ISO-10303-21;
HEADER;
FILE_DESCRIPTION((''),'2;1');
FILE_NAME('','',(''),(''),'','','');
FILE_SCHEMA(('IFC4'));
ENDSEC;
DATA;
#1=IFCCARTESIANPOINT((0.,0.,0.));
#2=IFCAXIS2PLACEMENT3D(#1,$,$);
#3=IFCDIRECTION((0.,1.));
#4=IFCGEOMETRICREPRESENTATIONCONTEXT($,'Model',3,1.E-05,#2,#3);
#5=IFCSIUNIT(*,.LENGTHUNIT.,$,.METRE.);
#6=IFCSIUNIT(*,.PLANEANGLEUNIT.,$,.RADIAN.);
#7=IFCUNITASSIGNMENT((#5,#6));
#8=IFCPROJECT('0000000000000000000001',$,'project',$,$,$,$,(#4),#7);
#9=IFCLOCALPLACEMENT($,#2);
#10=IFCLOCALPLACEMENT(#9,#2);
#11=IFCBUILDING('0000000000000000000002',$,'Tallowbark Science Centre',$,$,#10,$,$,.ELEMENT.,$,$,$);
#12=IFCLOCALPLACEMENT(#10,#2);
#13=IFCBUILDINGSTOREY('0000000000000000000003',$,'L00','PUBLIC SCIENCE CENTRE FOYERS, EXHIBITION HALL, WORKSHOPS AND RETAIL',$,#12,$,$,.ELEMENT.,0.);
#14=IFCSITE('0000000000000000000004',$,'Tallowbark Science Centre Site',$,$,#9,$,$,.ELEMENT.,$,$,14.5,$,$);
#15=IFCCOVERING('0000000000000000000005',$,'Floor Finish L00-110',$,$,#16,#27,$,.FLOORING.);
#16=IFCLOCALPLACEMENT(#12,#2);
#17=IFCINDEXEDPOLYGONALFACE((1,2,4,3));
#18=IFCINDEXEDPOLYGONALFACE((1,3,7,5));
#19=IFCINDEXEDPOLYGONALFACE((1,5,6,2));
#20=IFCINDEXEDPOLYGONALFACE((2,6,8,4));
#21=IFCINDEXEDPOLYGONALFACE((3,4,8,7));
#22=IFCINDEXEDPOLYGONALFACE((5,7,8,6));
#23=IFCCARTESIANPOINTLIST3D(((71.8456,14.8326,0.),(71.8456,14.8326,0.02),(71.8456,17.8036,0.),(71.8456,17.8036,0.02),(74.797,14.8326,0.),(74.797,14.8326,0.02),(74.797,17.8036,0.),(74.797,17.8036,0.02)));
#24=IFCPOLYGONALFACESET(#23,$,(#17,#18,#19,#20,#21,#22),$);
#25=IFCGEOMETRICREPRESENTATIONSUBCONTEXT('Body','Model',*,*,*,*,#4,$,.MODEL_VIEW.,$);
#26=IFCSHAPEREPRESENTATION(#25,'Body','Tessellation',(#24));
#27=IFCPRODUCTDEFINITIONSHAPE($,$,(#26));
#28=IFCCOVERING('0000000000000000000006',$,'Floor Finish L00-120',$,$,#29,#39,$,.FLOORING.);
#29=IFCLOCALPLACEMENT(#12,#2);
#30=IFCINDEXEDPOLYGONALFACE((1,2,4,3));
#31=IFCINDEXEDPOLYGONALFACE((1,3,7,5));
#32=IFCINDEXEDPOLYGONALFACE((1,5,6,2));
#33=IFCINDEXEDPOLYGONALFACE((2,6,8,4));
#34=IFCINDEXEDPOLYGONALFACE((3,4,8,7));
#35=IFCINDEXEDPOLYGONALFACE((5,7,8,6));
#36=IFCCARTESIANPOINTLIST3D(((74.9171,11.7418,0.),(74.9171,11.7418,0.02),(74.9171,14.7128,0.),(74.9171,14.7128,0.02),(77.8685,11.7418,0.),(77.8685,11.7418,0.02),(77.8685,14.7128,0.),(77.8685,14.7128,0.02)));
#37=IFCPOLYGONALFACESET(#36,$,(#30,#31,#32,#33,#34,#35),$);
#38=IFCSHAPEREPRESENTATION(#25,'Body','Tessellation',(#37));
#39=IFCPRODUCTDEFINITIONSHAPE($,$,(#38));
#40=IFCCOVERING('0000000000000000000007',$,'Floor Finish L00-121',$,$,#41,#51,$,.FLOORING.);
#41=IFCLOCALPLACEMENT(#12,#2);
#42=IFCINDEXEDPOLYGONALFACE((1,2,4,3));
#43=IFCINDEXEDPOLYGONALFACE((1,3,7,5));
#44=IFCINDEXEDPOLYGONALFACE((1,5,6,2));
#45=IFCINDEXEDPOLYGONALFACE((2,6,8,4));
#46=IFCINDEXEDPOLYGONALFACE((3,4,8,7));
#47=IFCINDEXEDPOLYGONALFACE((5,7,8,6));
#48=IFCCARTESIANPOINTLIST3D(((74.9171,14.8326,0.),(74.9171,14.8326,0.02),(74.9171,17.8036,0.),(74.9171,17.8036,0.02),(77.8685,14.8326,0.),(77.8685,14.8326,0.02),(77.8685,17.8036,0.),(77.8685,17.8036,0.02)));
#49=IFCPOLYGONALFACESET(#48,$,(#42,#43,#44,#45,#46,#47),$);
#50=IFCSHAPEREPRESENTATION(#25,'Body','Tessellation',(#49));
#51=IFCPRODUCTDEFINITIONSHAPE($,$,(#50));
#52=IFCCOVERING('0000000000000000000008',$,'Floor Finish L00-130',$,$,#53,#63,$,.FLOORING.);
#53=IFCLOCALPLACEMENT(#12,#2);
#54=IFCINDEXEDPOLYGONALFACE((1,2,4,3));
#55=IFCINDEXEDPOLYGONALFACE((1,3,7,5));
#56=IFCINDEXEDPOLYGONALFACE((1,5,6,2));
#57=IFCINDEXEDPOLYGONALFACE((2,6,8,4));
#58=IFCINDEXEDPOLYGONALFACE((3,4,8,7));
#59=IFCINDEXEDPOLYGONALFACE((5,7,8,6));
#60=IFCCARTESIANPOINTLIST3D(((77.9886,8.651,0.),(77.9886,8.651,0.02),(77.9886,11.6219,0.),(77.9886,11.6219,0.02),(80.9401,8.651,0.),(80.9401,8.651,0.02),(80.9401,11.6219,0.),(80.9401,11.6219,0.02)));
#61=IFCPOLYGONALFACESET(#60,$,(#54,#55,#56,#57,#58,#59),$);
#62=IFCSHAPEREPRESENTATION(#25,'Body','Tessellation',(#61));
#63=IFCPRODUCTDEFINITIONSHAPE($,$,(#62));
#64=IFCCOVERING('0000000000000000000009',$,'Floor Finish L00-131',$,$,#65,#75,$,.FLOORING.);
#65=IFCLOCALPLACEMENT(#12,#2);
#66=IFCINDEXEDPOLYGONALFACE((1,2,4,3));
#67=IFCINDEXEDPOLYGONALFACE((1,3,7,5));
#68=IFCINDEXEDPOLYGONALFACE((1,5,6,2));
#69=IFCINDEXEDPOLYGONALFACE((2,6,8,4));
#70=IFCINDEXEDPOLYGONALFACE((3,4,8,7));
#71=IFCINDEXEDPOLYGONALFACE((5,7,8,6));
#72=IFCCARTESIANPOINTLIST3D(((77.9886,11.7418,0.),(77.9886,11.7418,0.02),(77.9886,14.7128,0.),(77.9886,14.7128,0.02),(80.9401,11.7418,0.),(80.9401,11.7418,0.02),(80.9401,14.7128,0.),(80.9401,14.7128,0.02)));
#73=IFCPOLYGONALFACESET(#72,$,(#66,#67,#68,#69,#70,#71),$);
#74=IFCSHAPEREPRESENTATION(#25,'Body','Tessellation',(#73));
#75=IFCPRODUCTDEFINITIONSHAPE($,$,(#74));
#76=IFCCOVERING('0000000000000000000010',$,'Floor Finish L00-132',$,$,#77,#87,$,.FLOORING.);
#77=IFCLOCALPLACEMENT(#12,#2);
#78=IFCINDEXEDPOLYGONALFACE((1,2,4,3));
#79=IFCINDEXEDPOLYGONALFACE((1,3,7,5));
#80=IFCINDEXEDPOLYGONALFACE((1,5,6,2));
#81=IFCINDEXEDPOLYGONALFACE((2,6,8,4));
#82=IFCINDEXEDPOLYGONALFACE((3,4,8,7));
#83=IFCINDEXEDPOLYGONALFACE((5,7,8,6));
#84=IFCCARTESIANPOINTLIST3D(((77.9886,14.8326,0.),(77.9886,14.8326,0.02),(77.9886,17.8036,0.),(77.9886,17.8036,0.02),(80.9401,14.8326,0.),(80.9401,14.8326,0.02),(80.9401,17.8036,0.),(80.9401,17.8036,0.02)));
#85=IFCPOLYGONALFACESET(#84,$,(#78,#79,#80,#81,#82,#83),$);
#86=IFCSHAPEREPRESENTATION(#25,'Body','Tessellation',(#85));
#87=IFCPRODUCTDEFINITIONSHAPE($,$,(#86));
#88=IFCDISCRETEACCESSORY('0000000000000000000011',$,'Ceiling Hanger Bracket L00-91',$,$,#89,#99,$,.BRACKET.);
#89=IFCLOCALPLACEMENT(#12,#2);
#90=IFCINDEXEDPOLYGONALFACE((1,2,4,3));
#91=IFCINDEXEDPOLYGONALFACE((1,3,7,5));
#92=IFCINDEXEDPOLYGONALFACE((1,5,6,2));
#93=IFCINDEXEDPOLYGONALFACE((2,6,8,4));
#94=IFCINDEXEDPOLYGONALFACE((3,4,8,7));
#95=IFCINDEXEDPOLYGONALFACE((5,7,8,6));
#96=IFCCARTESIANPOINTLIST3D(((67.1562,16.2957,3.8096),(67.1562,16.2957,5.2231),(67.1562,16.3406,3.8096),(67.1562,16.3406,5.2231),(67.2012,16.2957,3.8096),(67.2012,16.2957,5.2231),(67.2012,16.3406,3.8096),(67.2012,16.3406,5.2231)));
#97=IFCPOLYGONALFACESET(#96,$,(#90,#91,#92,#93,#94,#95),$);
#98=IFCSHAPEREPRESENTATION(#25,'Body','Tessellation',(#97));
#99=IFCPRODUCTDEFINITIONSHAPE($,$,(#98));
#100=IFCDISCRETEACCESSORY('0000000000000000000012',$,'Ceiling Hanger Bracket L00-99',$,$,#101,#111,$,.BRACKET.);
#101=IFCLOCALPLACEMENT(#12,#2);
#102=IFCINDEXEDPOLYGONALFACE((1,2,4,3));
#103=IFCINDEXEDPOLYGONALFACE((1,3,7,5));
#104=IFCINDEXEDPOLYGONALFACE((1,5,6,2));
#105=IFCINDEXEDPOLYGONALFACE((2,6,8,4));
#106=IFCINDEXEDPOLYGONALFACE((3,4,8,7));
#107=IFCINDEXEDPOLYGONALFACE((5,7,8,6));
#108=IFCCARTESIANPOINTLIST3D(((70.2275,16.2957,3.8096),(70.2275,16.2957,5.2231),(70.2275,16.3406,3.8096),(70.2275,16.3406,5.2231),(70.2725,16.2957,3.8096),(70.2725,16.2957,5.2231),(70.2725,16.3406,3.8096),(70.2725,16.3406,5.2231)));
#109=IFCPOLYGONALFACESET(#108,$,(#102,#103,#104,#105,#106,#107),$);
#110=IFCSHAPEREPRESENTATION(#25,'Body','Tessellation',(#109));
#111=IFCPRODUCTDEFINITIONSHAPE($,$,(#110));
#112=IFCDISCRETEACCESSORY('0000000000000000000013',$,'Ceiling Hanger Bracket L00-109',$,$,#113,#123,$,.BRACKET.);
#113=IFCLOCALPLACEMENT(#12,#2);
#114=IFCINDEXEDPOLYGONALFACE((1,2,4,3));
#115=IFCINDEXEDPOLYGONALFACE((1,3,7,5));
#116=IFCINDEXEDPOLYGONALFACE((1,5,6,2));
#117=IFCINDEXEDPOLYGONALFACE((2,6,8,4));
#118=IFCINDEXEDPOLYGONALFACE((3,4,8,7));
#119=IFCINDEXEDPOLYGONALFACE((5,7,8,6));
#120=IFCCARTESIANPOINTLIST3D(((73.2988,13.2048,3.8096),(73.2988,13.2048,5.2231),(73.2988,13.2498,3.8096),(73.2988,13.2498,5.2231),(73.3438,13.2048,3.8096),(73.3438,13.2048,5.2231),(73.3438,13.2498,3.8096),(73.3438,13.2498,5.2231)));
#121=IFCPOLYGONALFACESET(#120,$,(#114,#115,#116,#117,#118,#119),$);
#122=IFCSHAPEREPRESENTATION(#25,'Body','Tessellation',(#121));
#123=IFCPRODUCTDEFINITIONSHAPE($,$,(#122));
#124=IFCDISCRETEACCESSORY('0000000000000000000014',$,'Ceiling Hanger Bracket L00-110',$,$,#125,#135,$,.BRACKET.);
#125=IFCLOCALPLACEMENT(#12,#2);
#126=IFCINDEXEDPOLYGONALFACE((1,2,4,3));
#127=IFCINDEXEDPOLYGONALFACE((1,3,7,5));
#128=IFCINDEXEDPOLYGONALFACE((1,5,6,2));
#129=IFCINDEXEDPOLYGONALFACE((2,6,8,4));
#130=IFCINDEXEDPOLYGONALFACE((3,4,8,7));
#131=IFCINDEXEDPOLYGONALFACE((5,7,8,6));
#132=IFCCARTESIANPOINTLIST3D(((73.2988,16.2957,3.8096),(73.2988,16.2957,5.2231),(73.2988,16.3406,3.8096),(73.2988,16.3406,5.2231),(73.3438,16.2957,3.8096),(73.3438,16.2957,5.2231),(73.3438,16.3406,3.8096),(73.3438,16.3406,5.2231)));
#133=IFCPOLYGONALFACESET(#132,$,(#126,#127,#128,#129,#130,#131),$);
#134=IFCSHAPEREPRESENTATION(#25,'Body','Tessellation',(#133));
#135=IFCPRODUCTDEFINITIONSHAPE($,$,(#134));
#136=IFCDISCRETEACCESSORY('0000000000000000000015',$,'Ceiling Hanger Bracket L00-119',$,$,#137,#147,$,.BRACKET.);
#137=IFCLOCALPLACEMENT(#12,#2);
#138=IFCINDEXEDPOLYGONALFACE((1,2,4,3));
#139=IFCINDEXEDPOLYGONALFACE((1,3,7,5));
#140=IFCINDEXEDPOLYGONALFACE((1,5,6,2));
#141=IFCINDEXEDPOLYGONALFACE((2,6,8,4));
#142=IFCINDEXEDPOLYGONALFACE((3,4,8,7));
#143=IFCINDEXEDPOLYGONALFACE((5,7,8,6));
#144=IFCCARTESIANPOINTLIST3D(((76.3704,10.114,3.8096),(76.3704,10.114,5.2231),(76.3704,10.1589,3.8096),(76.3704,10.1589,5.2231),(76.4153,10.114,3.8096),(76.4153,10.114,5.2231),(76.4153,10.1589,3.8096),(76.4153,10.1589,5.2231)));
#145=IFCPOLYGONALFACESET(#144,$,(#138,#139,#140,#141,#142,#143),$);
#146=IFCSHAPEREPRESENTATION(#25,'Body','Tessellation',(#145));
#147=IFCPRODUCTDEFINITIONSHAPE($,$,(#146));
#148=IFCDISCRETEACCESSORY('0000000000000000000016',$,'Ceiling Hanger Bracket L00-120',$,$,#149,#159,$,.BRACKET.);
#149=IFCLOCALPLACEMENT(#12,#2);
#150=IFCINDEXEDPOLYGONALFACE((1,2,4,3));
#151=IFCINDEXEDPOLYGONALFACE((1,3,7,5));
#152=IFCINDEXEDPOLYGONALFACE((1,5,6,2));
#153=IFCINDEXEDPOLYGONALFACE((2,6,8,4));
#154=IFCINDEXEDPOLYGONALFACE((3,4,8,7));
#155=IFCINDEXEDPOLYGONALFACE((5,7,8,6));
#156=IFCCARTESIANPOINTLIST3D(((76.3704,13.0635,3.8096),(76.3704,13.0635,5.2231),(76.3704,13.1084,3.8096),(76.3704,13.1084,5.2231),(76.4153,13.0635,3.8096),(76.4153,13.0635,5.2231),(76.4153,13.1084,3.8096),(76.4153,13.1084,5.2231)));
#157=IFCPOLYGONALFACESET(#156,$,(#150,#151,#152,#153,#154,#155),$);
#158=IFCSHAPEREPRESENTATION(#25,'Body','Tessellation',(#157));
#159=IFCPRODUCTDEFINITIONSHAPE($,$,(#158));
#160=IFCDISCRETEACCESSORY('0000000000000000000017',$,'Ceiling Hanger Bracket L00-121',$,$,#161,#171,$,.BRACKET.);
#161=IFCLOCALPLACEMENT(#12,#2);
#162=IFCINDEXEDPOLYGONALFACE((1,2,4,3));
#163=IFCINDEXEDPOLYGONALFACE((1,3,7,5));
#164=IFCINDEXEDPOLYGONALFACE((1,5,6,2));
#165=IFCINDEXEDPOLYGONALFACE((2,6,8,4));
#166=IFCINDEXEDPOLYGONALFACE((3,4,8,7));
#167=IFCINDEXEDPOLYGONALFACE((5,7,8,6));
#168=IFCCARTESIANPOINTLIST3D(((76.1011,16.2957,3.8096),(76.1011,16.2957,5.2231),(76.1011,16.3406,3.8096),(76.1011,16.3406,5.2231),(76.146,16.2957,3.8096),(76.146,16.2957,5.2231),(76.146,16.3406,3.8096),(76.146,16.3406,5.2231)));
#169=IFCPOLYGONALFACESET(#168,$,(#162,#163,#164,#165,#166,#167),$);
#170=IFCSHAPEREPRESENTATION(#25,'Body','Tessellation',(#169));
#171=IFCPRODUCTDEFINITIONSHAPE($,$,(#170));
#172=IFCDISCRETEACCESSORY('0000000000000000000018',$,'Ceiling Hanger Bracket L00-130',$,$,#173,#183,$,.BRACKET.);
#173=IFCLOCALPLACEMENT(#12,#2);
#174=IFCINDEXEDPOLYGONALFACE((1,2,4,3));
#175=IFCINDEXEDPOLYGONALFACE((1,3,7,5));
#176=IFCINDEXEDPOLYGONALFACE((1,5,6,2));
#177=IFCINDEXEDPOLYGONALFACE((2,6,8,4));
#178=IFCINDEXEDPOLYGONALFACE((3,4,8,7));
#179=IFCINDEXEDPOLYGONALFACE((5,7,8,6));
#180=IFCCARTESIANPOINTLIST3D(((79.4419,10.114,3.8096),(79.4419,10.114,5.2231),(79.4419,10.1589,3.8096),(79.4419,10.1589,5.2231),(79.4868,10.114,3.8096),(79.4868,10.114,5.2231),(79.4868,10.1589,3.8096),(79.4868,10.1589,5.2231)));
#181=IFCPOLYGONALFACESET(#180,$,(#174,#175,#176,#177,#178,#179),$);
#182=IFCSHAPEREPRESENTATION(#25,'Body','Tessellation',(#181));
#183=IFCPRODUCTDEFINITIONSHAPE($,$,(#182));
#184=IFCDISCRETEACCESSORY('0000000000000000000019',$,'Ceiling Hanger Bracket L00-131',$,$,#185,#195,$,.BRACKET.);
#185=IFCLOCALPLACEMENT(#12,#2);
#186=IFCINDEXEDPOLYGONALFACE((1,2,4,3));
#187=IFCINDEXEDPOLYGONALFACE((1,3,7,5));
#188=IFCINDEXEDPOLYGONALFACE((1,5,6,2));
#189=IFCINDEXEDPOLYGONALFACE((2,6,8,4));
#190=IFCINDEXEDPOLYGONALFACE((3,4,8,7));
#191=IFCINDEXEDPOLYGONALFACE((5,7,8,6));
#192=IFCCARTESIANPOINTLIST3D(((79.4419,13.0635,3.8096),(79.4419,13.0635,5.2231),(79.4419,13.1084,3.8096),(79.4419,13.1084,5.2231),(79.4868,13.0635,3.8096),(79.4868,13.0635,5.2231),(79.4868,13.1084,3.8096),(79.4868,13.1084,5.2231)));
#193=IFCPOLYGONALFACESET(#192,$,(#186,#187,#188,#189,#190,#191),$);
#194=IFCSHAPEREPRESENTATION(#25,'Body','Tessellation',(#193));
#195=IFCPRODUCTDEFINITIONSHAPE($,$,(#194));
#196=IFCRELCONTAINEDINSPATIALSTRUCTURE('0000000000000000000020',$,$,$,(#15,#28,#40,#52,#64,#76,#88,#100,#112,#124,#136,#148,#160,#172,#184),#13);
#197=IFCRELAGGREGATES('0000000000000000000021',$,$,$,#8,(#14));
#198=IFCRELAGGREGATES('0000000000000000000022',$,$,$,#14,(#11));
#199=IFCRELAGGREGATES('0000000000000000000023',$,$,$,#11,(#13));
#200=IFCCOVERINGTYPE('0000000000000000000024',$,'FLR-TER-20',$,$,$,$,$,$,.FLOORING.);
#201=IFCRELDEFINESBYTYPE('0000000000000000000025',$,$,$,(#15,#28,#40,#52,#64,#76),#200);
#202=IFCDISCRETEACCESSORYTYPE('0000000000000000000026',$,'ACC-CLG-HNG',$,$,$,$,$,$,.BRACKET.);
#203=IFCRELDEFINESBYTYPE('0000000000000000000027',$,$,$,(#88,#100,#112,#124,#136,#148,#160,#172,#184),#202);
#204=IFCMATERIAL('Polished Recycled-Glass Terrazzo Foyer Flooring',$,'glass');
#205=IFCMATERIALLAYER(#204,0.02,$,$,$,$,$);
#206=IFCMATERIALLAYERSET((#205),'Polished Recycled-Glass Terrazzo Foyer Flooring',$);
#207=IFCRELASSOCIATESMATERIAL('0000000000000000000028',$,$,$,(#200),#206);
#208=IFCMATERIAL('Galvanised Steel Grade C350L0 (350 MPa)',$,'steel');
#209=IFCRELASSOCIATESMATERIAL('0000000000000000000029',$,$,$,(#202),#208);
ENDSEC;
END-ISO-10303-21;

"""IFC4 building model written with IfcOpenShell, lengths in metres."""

from ifc_helpers import new_model, si_unit, direction, frame, origin, origin_2d, place, context, subcontext, project, spatial, rectangle, extrude, material, layer, layer_set, type_object, element, save


model = new_model("IFC4")

# Units and contexts
model_context = context("Model", 3, precision=1e-05, world=origin(), true_north=direction((0.0, 1.0)))
body_context = subcontext(model_context, "Body", "Model", "MODEL_VIEW")
ifc_project = project(units=[si_unit("LENGTHUNIT", "METRE"), si_unit("PLANEANGLEUNIT", "RADIAN")], contexts=[model_context])

# Site, building, storey
site_placement = place(None, origin())
site = spatial("IfcSite", under=ifc_project, at=site_placement, Name="Tallowbark Science Centre Site", CompositionType="ELEMENT", RefElevation=14.5)
building_placement = place(site_placement, origin())
building = spatial("IfcBuilding", under=site, at=building_placement, Name="Tallowbark Science Centre", CompositionType="ELEMENT")
storey_placement = place(building_placement, origin())
storey = spatial("IfcBuildingStorey", under=building, at=storey_placement, Name="L00", Description="PUBLIC SCIENCE CENTRE FOYERS, EXHIBITION HALL, WORKSHOPS AND RETAIL", CompositionType="ELEMENT", Elevation=0.0)

# Coverings
ifc_material_1 = material(Name="Polished Recycled-Glass Terrazzo Foyer Flooring", Category="glass")
ifc_layer_1 = layer(ifc_material_1, 0.02)
ifc_layer_set_1 = layer_set([ifc_layer_1], Name="Polished Recycled-Glass Terrazzo Foyer Flooring")
covering_type_1 = type_object("IfcCoveringType", Name="FLR-TER-20", PredefinedType="FLOORING", material=ifc_layer_set_1)
for number, where, z_axis, x_axis, name in (
    (1, (73.3213, 16.3181, 0.0), (0.0, 0.0, 1.0), (1.0, 0.0, 0.0), "Floor Finish L00-110"),
    (2, (76.3928, 13.2273, 0.0), (0.0, 0.0, 1.0), (1.0, 0.0, 0.0), "Floor Finish L00-120"),
    (3, (76.3928, 16.3181, 0.0), (0.0, 0.0, 1.0), (1.0, 0.0, 0.0), "Floor Finish L00-121"),
    (4, (79.4644, 10.1365, 0.0), (0.0, 0.0, 1.0), (1.0, 0.0, 0.0), "Floor Finish L00-130"),
    (5, (79.4644, 13.2273, 0.0), (0.0, 0.0, 1.0), (1.0, 0.0, 0.0), "Floor Finish L00-131"),
    (6, (79.4644, 16.3181, 0.0), (0.0, 0.0, 1.0), (1.0, 0.0, 0.0), "Floor Finish L00-132"),
):
    element("IfcCovering", number, at=place(storey_placement, frame(where, z_axis=z_axis, x_axis=x_axis)), inside=storey, type_object=covering_type_1, Name=name, PredefinedType="FLOORING", context=body_context, shape_type="SweptSolid", body=[
        extrude(rectangle(XDim=2.9514, YDim=2.9709, at=origin_2d()), origin(), (0.0, 0.0, 1.0), 0.02),
    ])

# Discrete accessories
ifc_material_2 = material(Name="Galvanised Steel Grade C350L0 (350 MPa)", Category="steel")
discrete_accessory_type = type_object("IfcDiscreteAccessoryType", Name="ACC-CLG-HNG", PredefinedType="BRACKET", material=ifc_material_2)
for number, where, z_axis, x_axis, name in (
    (7, (67.1787, 16.3181, 3.8096), (0.0, 0.0, 1.0), (1.0, 0.0, 0.0), "Ceiling Hanger Bracket L00-91"),
    (8, (70.25, 16.3181, 3.8096), (0.0, 0.0, 1.0), (1.0, 0.0, 0.0), "Ceiling Hanger Bracket L00-99"),
    (9, (73.3213, 13.2273, 3.8096), (0.0, 0.0, 1.0), (1.0, 0.0, 0.0), "Ceiling Hanger Bracket L00-109"),
    (10, (73.3213, 16.3181, 3.8096), (0.0, 0.0, 1.0), (1.0, 0.0, 0.0), "Ceiling Hanger Bracket L00-110"),
    (11, (76.3928, 10.1365, 3.8096), (0.0, 0.0, 1.0), (1.0, 0.0, 0.0), "Ceiling Hanger Bracket L00-119"),
    (12, (76.3928, 13.0859, 3.8096), (0.0, 0.0, 1.0), (1.0, 0.0, 0.0), "Ceiling Hanger Bracket L00-120"),
    (13, (76.1235, 16.3181, 3.8096), (0.0, 0.0, 1.0), (1.0, 0.0, 0.0), "Ceiling Hanger Bracket L00-121"),
    (14, (79.4644, 10.1365, 3.8096), (0.0, 0.0, 1.0), (1.0, 0.0, 0.0), "Ceiling Hanger Bracket L00-130"),
    (15, (79.4644, 13.0859, 3.8096), (0.0, 0.0, 1.0), (1.0, 0.0, 0.0), "Ceiling Hanger Bracket L00-131"),
):
    element("IfcDiscreteAccessory", number, at=place(storey_placement, frame(where, z_axis=z_axis, x_axis=x_axis)), inside=storey, type_object=discrete_accessory_type, Name=name, PredefinedType="BRACKET", context=body_context, shape_type="SweptSolid", body=[
        extrude(rectangle(XDim=0.0449, YDim=0.0449, at=origin_2d()), origin(), (0.0, 0.0, 1.0), 1.4136),
    ])

save(model, "model.ifc")
